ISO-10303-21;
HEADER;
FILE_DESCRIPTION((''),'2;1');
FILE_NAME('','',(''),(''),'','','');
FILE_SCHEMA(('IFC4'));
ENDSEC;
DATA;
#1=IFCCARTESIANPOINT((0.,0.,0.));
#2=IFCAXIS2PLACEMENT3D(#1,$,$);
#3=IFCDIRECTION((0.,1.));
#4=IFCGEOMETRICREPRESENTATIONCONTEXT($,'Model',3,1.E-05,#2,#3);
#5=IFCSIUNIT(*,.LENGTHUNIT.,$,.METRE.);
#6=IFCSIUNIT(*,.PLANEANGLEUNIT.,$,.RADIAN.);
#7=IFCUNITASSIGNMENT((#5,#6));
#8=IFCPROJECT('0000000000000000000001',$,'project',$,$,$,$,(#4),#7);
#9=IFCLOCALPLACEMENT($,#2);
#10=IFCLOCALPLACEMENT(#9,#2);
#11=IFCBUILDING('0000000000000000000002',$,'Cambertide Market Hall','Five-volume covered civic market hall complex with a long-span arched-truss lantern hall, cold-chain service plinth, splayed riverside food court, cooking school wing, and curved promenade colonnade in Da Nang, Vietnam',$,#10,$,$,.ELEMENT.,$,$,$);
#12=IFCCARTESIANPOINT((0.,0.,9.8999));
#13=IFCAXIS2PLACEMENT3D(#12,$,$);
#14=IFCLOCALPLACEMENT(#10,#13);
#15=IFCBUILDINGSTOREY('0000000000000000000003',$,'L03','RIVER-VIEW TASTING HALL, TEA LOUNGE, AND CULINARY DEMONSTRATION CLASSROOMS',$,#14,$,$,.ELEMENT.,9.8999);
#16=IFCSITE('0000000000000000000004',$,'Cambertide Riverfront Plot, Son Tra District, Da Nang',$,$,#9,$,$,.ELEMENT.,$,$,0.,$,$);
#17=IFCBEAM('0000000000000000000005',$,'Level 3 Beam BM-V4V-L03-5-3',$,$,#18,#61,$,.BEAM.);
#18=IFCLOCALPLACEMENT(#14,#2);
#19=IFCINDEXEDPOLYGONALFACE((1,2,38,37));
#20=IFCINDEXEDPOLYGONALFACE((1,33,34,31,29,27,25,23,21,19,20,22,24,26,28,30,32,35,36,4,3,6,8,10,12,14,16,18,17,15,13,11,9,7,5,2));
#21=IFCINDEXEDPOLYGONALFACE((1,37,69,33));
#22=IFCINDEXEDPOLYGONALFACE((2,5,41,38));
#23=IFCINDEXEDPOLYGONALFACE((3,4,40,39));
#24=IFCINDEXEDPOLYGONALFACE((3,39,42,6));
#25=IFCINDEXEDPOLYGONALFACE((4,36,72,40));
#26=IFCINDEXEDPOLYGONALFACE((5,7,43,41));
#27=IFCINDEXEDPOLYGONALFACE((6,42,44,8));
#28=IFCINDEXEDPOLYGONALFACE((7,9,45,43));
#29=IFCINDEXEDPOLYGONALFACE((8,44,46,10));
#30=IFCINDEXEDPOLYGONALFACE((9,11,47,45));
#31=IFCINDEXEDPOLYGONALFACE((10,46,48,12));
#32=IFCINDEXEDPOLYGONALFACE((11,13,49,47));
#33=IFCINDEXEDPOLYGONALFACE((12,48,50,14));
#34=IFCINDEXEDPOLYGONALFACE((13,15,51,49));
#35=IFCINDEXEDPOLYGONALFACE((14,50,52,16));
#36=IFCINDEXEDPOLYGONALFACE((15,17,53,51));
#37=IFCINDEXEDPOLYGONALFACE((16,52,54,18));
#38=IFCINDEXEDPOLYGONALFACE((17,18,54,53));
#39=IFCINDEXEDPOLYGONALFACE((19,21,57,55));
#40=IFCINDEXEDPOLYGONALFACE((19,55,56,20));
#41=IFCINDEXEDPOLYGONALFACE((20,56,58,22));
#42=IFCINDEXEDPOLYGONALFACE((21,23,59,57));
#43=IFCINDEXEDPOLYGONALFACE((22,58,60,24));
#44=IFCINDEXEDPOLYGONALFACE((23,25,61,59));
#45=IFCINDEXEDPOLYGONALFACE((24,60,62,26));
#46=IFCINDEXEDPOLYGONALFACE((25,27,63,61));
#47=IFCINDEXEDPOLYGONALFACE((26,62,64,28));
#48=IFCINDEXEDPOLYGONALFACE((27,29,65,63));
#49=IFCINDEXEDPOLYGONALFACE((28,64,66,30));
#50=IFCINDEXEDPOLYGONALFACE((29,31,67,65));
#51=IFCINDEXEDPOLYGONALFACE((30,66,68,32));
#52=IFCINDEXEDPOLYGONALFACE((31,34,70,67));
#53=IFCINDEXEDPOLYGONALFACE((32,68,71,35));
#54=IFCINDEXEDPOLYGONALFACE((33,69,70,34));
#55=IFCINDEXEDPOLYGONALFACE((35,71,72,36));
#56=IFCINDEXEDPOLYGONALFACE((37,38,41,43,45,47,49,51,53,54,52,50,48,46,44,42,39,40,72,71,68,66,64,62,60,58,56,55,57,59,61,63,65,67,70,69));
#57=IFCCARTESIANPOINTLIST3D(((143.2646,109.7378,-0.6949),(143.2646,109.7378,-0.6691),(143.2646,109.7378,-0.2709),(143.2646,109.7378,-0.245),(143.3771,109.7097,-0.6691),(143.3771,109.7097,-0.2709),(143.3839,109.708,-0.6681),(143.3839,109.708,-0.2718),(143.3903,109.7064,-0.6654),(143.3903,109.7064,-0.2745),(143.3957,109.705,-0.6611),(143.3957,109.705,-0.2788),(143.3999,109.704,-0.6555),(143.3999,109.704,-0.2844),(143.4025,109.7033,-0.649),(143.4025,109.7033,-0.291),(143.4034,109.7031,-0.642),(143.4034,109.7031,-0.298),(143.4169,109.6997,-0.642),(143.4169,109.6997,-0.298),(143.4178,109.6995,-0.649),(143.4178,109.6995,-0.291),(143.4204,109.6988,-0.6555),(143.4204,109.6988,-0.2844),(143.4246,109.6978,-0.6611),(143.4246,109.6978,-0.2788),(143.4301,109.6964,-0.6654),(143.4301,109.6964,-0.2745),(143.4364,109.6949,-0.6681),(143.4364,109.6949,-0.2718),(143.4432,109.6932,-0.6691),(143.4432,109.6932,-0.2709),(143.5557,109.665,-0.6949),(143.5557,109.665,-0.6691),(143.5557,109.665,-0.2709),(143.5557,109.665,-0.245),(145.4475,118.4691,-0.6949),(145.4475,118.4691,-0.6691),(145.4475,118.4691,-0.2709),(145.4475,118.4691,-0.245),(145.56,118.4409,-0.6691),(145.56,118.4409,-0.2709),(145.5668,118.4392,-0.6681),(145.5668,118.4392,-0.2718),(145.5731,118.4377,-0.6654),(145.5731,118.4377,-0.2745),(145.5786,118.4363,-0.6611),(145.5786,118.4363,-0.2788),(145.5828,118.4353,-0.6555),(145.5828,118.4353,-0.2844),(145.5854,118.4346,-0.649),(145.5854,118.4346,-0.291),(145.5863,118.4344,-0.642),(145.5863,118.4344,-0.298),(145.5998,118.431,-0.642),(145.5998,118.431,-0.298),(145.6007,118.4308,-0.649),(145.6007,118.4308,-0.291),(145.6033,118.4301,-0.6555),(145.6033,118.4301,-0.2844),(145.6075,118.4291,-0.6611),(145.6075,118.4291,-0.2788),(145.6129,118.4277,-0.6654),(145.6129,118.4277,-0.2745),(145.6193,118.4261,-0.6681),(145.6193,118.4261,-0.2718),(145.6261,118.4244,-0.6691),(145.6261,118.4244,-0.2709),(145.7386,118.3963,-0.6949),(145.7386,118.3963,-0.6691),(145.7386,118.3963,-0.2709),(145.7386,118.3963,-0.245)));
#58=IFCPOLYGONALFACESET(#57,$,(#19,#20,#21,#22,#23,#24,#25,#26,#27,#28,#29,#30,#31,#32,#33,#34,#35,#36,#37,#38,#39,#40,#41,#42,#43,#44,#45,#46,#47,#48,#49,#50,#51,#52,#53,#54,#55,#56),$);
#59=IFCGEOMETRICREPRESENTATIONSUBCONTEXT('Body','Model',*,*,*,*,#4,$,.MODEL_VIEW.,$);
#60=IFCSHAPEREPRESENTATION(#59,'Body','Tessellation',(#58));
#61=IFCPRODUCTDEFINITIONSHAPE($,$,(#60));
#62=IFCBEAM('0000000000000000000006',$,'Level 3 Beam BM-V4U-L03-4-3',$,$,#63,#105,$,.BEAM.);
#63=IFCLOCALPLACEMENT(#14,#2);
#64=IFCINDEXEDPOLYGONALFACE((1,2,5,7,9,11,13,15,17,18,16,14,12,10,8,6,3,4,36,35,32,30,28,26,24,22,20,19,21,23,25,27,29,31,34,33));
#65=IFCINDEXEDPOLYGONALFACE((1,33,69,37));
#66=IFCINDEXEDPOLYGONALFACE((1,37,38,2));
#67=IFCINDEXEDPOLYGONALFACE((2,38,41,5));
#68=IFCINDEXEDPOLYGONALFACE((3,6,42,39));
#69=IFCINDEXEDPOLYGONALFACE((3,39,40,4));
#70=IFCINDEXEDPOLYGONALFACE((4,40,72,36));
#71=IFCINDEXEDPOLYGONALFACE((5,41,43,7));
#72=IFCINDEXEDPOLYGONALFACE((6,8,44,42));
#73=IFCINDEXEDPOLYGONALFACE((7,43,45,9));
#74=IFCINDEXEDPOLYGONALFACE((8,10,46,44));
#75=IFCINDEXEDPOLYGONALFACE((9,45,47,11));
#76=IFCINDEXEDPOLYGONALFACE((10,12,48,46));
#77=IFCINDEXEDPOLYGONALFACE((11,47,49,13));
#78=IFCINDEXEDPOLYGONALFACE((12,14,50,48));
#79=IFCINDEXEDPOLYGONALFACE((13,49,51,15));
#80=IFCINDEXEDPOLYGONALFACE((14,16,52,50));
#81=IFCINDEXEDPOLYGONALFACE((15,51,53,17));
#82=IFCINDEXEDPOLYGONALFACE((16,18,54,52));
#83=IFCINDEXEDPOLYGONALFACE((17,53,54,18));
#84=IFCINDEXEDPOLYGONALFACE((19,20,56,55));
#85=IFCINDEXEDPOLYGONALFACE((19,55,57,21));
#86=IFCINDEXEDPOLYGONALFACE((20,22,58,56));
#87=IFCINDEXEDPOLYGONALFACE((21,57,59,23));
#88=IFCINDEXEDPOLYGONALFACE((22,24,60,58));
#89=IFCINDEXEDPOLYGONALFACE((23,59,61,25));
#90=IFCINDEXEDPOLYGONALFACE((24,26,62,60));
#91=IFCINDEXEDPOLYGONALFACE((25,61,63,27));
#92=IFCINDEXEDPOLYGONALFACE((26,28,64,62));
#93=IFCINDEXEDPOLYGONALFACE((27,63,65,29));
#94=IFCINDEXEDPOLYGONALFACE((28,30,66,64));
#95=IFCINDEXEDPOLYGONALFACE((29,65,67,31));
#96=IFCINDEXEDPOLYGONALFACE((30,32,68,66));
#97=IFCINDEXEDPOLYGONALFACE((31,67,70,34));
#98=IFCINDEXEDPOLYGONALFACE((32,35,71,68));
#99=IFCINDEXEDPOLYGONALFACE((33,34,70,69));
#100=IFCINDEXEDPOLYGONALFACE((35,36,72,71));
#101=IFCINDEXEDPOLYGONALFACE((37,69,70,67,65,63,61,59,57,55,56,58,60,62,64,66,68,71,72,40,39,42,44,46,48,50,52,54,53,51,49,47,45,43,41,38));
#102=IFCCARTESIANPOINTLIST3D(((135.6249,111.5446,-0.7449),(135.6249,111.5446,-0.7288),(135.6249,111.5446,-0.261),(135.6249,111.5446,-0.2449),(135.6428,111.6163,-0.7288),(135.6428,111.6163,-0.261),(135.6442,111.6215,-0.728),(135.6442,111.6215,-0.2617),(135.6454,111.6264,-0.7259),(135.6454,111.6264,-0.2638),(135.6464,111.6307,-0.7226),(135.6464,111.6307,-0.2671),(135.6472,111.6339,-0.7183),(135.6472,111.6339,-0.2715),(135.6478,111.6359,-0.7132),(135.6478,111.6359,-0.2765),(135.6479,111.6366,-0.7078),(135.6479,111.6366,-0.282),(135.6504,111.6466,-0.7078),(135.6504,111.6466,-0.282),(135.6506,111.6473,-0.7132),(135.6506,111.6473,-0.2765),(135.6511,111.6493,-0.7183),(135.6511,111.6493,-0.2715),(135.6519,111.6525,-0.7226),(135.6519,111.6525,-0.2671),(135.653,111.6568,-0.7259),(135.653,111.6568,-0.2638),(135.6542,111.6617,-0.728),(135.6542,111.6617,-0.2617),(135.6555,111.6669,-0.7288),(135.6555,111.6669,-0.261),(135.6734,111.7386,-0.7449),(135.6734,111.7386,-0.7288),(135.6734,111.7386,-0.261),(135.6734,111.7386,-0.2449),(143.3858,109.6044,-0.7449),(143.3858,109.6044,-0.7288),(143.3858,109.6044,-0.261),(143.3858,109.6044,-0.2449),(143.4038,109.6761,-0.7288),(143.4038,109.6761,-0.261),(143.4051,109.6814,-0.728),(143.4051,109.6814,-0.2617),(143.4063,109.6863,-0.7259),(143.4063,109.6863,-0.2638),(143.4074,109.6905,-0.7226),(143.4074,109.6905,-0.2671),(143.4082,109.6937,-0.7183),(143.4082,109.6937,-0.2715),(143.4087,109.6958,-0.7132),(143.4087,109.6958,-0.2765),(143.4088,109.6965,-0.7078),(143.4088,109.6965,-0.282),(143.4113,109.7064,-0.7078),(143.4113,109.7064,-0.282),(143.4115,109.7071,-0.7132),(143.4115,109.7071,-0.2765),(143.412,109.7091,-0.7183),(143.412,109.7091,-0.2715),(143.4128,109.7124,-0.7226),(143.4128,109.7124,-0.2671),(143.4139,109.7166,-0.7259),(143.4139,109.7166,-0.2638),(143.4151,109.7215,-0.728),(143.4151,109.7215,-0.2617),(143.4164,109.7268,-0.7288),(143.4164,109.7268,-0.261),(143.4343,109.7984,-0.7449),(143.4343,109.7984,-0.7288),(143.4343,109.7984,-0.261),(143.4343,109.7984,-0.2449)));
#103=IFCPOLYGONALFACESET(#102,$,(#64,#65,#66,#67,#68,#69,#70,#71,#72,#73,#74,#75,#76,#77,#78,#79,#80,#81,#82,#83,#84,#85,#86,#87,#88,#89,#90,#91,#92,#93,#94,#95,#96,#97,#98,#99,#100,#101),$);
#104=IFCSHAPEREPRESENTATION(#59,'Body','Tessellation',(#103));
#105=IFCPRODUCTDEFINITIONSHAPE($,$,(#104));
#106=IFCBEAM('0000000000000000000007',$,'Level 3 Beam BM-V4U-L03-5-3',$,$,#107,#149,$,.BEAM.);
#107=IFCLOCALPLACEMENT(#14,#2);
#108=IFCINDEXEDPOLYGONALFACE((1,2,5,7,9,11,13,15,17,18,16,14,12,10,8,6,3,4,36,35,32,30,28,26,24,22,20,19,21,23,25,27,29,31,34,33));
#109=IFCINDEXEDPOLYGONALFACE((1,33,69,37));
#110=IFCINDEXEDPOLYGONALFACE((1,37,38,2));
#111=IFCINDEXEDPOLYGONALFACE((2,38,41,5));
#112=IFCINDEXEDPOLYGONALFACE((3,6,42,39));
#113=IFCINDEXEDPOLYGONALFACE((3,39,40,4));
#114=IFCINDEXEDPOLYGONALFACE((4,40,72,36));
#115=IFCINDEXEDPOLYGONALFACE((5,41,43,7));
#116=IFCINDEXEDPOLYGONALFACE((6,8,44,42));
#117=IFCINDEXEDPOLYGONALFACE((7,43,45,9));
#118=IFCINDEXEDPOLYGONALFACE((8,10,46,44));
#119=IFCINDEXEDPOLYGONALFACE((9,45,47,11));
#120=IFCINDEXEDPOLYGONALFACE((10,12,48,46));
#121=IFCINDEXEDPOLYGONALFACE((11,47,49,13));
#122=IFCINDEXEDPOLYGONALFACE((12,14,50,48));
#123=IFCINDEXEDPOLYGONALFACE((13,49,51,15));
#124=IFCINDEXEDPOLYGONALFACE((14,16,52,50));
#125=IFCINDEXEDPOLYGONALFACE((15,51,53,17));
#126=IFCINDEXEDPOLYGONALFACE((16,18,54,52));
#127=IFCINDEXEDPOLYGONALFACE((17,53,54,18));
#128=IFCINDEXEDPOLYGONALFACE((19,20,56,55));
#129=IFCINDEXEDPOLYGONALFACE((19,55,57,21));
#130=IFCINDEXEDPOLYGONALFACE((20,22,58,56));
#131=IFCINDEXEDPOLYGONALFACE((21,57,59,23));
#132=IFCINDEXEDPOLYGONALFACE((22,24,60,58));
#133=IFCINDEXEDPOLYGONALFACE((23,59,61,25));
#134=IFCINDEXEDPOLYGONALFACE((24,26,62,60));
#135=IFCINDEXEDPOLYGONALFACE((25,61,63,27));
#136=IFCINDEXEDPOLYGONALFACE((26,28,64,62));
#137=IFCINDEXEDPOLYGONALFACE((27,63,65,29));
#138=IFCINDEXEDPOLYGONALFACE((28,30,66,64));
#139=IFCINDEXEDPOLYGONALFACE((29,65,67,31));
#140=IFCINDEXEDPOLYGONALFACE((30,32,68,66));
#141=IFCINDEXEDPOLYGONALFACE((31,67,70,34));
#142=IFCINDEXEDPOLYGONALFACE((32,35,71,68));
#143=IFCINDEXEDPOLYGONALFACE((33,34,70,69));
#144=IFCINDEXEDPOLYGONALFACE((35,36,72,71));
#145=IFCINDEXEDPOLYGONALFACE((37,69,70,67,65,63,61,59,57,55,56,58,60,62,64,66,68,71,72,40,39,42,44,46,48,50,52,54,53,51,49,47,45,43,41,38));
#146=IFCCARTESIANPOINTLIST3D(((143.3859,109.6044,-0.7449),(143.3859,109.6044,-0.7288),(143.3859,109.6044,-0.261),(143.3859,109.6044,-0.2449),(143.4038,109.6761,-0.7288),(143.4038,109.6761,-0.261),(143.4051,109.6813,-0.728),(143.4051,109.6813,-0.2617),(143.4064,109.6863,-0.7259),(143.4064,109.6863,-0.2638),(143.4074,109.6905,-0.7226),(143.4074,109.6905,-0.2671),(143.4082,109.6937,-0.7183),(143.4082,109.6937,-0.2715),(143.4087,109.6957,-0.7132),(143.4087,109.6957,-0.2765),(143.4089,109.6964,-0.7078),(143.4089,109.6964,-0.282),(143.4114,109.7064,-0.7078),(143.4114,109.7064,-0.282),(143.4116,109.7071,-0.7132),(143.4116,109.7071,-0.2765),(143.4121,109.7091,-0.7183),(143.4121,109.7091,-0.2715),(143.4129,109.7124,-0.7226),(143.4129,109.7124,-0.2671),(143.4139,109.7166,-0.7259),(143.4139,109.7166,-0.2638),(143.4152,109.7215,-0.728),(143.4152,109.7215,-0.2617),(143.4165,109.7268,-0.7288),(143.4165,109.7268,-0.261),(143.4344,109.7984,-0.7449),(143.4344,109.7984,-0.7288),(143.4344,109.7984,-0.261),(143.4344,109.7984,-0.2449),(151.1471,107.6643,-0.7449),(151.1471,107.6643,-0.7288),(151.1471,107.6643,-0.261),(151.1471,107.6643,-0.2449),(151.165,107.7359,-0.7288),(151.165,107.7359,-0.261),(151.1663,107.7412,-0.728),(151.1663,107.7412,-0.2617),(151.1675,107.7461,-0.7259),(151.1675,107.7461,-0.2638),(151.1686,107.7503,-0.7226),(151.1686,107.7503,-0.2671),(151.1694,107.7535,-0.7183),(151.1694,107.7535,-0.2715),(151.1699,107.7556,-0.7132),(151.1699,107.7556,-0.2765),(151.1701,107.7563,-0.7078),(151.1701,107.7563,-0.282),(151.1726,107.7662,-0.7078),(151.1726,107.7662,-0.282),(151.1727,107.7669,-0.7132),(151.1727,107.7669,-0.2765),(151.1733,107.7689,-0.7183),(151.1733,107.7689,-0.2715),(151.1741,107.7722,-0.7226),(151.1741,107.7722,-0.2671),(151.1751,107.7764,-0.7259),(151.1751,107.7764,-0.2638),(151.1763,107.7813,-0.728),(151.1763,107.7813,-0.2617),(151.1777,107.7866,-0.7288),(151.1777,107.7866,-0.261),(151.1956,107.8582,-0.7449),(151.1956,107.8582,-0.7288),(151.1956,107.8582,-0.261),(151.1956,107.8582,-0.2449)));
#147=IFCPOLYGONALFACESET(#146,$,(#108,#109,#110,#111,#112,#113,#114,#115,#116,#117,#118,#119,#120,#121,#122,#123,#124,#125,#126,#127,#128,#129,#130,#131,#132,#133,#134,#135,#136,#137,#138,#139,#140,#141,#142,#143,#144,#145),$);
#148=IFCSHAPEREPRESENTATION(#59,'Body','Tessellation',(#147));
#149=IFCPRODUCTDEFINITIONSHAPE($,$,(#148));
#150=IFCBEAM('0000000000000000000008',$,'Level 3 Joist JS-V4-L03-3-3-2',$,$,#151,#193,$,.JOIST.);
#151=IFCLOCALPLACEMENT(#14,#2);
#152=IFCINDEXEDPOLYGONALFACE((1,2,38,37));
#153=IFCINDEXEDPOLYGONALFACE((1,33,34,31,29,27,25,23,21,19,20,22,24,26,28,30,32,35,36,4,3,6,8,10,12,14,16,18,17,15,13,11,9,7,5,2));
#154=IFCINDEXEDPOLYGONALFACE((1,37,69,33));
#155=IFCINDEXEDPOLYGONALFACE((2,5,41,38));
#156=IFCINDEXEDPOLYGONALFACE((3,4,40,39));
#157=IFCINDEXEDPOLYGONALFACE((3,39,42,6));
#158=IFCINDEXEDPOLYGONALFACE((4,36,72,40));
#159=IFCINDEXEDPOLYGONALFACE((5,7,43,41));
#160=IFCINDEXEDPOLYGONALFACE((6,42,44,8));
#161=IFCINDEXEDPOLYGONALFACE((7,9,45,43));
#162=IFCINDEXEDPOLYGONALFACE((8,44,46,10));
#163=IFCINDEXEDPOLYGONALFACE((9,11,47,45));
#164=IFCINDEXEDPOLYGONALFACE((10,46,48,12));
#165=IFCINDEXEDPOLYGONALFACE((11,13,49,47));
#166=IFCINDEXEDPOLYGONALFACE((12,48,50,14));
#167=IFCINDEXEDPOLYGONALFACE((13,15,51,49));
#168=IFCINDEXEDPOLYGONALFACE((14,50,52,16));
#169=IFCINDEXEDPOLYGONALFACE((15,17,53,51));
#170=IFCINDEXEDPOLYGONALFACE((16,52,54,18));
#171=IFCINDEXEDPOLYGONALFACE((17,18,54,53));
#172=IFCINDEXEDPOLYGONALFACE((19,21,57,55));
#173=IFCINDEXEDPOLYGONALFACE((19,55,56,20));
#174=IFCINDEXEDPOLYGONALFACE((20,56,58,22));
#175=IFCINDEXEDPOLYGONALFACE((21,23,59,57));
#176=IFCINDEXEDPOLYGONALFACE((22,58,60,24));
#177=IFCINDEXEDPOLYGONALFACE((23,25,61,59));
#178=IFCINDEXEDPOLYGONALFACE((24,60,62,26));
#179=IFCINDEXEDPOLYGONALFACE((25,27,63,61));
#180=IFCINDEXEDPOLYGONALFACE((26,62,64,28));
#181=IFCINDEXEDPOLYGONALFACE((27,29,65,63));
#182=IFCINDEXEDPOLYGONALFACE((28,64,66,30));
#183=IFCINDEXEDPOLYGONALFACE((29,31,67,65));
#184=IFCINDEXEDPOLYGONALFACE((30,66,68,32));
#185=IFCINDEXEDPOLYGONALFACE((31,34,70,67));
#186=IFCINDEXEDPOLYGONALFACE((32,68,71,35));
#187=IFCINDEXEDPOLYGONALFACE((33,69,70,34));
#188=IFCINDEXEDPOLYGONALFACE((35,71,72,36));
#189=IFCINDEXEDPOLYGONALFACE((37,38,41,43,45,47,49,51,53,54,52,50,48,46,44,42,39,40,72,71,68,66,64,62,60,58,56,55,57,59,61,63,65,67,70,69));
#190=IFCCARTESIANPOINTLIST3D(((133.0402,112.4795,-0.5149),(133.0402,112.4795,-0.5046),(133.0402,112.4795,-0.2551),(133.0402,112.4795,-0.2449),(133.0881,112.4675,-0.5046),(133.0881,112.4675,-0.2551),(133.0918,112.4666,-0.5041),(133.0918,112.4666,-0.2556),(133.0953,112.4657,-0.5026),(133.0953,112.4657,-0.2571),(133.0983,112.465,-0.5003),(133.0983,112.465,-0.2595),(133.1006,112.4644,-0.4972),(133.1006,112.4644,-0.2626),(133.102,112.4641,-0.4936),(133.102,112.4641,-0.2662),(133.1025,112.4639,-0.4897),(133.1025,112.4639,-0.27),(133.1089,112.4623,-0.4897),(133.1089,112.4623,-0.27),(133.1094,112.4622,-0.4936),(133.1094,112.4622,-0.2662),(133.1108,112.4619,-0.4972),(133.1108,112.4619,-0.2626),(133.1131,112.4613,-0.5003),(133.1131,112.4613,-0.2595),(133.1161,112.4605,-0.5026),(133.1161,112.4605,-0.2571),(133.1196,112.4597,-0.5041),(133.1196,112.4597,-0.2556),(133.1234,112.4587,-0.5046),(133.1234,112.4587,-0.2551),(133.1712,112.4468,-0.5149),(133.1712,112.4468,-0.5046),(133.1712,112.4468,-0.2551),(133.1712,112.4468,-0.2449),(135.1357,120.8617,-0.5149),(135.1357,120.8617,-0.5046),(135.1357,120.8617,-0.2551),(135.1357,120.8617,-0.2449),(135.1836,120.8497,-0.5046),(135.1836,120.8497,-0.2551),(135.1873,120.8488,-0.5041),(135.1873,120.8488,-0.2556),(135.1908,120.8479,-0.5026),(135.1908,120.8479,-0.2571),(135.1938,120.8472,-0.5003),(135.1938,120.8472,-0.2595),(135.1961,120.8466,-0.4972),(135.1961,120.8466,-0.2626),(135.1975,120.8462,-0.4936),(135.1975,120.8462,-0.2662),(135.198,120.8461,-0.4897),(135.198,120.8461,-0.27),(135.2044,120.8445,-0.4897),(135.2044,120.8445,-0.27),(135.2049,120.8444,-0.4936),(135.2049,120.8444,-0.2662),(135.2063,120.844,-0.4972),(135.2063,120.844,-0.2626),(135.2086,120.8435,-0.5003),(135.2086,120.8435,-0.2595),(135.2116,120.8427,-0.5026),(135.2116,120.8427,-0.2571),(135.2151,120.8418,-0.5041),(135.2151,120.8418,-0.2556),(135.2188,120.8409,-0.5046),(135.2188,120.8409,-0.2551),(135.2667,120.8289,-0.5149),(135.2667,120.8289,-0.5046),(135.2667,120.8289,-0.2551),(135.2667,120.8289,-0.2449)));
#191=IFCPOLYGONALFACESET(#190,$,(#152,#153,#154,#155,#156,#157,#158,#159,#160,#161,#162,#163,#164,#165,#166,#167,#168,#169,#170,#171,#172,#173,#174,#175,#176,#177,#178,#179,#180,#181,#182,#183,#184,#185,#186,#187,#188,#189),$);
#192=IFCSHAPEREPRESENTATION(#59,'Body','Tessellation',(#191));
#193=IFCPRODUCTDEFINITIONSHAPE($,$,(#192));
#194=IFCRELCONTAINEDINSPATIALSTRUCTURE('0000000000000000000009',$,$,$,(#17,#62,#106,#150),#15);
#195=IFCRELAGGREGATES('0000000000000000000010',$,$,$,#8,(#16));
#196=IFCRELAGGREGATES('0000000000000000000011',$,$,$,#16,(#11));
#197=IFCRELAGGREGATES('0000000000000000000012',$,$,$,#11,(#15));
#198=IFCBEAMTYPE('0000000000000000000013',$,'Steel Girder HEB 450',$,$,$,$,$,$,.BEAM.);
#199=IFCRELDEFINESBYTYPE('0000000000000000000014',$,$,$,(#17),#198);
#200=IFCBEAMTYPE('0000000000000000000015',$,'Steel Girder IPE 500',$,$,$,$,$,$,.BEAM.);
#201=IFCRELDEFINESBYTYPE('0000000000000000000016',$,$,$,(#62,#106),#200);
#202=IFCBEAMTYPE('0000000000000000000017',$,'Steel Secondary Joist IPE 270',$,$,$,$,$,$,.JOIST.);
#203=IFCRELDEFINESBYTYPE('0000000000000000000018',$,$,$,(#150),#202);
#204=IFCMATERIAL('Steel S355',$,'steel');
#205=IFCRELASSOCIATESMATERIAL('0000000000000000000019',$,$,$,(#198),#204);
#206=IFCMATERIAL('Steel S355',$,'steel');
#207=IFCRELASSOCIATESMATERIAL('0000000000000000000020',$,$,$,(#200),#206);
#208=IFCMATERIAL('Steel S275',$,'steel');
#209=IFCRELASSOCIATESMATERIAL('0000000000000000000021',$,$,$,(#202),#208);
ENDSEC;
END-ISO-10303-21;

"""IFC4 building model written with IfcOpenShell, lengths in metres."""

from ifc_helpers import new_model, si_unit, direction, frame, origin, origin_2d, place, context, subcontext, project, spatial, i_section, extrude, material, material_profile, profile_set, type_object, element, save


model = new_model("IFC4")

# Units and contexts
model_context = context("Model", 3, precision=1e-05, world=origin(), true_north=direction((0.0, 1.0)))
body_context = subcontext(model_context, "Body", "Model", "MODEL_VIEW")
ifc_project = project(units=[si_unit("LENGTHUNIT", "METRE"), si_unit("PLANEANGLEUNIT", "RADIAN")], contexts=[model_context])

# Site, building, storey
site_placement = place(None, origin())
site = spatial("IfcSite", under=ifc_project, at=site_placement, Name="Cambertide Riverfront Plot, Son Tra District, Da Nang", CompositionType="ELEMENT", RefElevation=0.0)
building_placement = place(site_placement, origin())
building = spatial("IfcBuilding", under=site, at=building_placement, Name="Cambertide Market Hall", Description="Five-volume covered civic market hall complex with a long-span arched-truss lantern hall, cold-chain service plinth, splayed riverside food court, cooking school wing, and curved promenade colonnade in Da Nang, Vietnam", CompositionType="ELEMENT")
storey_placement = place(building_placement, frame((0.0, 0.0, 9.8999)))
storey = spatial("IfcBuildingStorey", under=building, at=storey_placement, Name="L03", Description="RIVER-VIEW TASTING HALL, TEA LOUNGE, AND CULINARY DEMONSTRATION CLASSROOMS", CompositionType="ELEMENT", Elevation=9.8999)

# Beams
ifc_material_1 = material(Name="Steel S355", Category="steel")
ifc_material_profile_1 = material_profile(ifc_material_1, i_section(OverallWidth=0.3, OverallDepth=0.45, WebThickness=0.0139, FlangeThickness=0.0259, FilletRadius=0.0271, at=origin_2d()), Name="HEB 450")
ifc_profile_set_1 = profile_set([ifc_material_profile_1], Name="Steel S355")
beam_type_1 = type_object("IfcBeamType", Name="Steel Girder HEB 450", PredefinedType="BEAM", material=ifc_profile_set_1)
for number, where, z_axis, x_axis, name in (
    (1, (143.4102, 109.7014, -0.47), (0.242542, 0.970141, 0.0), (-0.970141, 0.242542, 0.0), "Level 3 Beam BM-V4V-L03-5-3"),
):
    element("IfcBeam", number, at=place(storey_placement, frame(where, z_axis=z_axis, x_axis=x_axis)), inside=storey, type_object=beam_type_1, Name=name, PredefinedType="BEAM", context=body_context, shape_type="SweptSolid", body=[
        extrude(i_section(OverallWidth=0.3, OverallDepth=0.45, WebThickness=0.0139, FlangeThickness=0.0259, FilletRadius=0.0271, at=origin_2d()), origin(), (0.0, 0.0, 1.0), 9.0),
    ])
ifc_material_2 = material(Name="Steel S355", Category="steel")
ifc_material_profile_2 = material_profile(ifc_material_2, i_section(OverallWidth=0.2, OverallDepth=0.5, WebThickness=0.0103, FlangeThickness=0.0161, FilletRadius=0.021, at=origin_2d()), Name="IPE 500")
ifc_profile_set_2 = profile_set([ifc_material_profile_2], Name="Steel S355")
beam_type_2 = type_object("IfcBeamType", Name="Steel Girder IPE 500", PredefinedType="BEAM", material=ifc_profile_set_2)
beam_1_placement = place(storey_placement, frame((135.6492, 111.6416, -0.4949), z_axis=(0.970144, -0.242528, 0.0), x_axis=(0.242528, 0.970144, 0.0)))
element("IfcBeam", 2, at=beam_1_placement, inside=storey, type_object=beam_type_2, Name="Level 3 Beam BM-V4U-L03-4-3", PredefinedType="BEAM", context=body_context, shape_type="SweptSolid", body=[
    extrude(i_section(OverallWidth=0.2, OverallDepth=0.5, WebThickness=0.0103, FlangeThickness=0.0161, FilletRadius=0.021, at=origin_2d()), origin(), (0.0, 0.0, 1.0), 7.9998),
])
beam_2_placement = place(storey_placement, frame((143.4102, 109.7014, -0.4949), z_axis=(0.970146, -0.242521, 0.0), x_axis=(0.242521, 0.970146, 0.0)))
element("IfcBeam", 3, at=beam_2_placement, inside=storey, type_object=beam_type_2, Name="Level 3 Beam BM-V4U-L03-5-3", PredefinedType="BEAM", context=body_context, shape_type="SweptSolid", body=[
    extrude(i_section(OverallWidth=0.2, OverallDepth=0.5, WebThickness=0.0103, FlangeThickness=0.0161, FilletRadius=0.021, at=origin_2d()), origin(), (0.0, 0.0, 1.0), 8.0),
])
ifc_material_3 = material(Name="Steel S275", Category="steel")
ifc_material_profile_3 = material_profile(ifc_material_3, i_section(OverallWidth=0.135, OverallDepth=0.27, WebThickness=0.0066, FlangeThickness=0.0103, FilletRadius=0.0149, at=origin_2d()), Name="IPE 270")
ifc_profile_set_3 = profile_set([ifc_material_profile_3], Name="Steel S275")
beam_type_3 = type_object("IfcBeamType", Name="Steel Secondary Joist IPE 270", PredefinedType="JOIST", material=ifc_profile_set_3)
beam_3_placement = place(storey_placement, frame((133.1057, 112.4631, -0.3799), z_axis=(0.242529, 0.970144, 0.0), x_axis=(-0.970144, 0.242529, 0.0)))
element("IfcBeam", 4, at=beam_3_placement, inside=storey, type_object=beam_type_3, Name="Level 3 Joist JS-V4-L03-3-3-2", PredefinedType="JOIST", context=body_context, shape_type="SweptSolid", body=[
    extrude(i_section(OverallWidth=0.135, OverallDepth=0.27, WebThickness=0.0066, FlangeThickness=0.0103, FilletRadius=0.0149, at=origin_2d()), origin(), (0.0, 0.0, 1.0), 8.6401),
])

save(model, "model.ifc")
